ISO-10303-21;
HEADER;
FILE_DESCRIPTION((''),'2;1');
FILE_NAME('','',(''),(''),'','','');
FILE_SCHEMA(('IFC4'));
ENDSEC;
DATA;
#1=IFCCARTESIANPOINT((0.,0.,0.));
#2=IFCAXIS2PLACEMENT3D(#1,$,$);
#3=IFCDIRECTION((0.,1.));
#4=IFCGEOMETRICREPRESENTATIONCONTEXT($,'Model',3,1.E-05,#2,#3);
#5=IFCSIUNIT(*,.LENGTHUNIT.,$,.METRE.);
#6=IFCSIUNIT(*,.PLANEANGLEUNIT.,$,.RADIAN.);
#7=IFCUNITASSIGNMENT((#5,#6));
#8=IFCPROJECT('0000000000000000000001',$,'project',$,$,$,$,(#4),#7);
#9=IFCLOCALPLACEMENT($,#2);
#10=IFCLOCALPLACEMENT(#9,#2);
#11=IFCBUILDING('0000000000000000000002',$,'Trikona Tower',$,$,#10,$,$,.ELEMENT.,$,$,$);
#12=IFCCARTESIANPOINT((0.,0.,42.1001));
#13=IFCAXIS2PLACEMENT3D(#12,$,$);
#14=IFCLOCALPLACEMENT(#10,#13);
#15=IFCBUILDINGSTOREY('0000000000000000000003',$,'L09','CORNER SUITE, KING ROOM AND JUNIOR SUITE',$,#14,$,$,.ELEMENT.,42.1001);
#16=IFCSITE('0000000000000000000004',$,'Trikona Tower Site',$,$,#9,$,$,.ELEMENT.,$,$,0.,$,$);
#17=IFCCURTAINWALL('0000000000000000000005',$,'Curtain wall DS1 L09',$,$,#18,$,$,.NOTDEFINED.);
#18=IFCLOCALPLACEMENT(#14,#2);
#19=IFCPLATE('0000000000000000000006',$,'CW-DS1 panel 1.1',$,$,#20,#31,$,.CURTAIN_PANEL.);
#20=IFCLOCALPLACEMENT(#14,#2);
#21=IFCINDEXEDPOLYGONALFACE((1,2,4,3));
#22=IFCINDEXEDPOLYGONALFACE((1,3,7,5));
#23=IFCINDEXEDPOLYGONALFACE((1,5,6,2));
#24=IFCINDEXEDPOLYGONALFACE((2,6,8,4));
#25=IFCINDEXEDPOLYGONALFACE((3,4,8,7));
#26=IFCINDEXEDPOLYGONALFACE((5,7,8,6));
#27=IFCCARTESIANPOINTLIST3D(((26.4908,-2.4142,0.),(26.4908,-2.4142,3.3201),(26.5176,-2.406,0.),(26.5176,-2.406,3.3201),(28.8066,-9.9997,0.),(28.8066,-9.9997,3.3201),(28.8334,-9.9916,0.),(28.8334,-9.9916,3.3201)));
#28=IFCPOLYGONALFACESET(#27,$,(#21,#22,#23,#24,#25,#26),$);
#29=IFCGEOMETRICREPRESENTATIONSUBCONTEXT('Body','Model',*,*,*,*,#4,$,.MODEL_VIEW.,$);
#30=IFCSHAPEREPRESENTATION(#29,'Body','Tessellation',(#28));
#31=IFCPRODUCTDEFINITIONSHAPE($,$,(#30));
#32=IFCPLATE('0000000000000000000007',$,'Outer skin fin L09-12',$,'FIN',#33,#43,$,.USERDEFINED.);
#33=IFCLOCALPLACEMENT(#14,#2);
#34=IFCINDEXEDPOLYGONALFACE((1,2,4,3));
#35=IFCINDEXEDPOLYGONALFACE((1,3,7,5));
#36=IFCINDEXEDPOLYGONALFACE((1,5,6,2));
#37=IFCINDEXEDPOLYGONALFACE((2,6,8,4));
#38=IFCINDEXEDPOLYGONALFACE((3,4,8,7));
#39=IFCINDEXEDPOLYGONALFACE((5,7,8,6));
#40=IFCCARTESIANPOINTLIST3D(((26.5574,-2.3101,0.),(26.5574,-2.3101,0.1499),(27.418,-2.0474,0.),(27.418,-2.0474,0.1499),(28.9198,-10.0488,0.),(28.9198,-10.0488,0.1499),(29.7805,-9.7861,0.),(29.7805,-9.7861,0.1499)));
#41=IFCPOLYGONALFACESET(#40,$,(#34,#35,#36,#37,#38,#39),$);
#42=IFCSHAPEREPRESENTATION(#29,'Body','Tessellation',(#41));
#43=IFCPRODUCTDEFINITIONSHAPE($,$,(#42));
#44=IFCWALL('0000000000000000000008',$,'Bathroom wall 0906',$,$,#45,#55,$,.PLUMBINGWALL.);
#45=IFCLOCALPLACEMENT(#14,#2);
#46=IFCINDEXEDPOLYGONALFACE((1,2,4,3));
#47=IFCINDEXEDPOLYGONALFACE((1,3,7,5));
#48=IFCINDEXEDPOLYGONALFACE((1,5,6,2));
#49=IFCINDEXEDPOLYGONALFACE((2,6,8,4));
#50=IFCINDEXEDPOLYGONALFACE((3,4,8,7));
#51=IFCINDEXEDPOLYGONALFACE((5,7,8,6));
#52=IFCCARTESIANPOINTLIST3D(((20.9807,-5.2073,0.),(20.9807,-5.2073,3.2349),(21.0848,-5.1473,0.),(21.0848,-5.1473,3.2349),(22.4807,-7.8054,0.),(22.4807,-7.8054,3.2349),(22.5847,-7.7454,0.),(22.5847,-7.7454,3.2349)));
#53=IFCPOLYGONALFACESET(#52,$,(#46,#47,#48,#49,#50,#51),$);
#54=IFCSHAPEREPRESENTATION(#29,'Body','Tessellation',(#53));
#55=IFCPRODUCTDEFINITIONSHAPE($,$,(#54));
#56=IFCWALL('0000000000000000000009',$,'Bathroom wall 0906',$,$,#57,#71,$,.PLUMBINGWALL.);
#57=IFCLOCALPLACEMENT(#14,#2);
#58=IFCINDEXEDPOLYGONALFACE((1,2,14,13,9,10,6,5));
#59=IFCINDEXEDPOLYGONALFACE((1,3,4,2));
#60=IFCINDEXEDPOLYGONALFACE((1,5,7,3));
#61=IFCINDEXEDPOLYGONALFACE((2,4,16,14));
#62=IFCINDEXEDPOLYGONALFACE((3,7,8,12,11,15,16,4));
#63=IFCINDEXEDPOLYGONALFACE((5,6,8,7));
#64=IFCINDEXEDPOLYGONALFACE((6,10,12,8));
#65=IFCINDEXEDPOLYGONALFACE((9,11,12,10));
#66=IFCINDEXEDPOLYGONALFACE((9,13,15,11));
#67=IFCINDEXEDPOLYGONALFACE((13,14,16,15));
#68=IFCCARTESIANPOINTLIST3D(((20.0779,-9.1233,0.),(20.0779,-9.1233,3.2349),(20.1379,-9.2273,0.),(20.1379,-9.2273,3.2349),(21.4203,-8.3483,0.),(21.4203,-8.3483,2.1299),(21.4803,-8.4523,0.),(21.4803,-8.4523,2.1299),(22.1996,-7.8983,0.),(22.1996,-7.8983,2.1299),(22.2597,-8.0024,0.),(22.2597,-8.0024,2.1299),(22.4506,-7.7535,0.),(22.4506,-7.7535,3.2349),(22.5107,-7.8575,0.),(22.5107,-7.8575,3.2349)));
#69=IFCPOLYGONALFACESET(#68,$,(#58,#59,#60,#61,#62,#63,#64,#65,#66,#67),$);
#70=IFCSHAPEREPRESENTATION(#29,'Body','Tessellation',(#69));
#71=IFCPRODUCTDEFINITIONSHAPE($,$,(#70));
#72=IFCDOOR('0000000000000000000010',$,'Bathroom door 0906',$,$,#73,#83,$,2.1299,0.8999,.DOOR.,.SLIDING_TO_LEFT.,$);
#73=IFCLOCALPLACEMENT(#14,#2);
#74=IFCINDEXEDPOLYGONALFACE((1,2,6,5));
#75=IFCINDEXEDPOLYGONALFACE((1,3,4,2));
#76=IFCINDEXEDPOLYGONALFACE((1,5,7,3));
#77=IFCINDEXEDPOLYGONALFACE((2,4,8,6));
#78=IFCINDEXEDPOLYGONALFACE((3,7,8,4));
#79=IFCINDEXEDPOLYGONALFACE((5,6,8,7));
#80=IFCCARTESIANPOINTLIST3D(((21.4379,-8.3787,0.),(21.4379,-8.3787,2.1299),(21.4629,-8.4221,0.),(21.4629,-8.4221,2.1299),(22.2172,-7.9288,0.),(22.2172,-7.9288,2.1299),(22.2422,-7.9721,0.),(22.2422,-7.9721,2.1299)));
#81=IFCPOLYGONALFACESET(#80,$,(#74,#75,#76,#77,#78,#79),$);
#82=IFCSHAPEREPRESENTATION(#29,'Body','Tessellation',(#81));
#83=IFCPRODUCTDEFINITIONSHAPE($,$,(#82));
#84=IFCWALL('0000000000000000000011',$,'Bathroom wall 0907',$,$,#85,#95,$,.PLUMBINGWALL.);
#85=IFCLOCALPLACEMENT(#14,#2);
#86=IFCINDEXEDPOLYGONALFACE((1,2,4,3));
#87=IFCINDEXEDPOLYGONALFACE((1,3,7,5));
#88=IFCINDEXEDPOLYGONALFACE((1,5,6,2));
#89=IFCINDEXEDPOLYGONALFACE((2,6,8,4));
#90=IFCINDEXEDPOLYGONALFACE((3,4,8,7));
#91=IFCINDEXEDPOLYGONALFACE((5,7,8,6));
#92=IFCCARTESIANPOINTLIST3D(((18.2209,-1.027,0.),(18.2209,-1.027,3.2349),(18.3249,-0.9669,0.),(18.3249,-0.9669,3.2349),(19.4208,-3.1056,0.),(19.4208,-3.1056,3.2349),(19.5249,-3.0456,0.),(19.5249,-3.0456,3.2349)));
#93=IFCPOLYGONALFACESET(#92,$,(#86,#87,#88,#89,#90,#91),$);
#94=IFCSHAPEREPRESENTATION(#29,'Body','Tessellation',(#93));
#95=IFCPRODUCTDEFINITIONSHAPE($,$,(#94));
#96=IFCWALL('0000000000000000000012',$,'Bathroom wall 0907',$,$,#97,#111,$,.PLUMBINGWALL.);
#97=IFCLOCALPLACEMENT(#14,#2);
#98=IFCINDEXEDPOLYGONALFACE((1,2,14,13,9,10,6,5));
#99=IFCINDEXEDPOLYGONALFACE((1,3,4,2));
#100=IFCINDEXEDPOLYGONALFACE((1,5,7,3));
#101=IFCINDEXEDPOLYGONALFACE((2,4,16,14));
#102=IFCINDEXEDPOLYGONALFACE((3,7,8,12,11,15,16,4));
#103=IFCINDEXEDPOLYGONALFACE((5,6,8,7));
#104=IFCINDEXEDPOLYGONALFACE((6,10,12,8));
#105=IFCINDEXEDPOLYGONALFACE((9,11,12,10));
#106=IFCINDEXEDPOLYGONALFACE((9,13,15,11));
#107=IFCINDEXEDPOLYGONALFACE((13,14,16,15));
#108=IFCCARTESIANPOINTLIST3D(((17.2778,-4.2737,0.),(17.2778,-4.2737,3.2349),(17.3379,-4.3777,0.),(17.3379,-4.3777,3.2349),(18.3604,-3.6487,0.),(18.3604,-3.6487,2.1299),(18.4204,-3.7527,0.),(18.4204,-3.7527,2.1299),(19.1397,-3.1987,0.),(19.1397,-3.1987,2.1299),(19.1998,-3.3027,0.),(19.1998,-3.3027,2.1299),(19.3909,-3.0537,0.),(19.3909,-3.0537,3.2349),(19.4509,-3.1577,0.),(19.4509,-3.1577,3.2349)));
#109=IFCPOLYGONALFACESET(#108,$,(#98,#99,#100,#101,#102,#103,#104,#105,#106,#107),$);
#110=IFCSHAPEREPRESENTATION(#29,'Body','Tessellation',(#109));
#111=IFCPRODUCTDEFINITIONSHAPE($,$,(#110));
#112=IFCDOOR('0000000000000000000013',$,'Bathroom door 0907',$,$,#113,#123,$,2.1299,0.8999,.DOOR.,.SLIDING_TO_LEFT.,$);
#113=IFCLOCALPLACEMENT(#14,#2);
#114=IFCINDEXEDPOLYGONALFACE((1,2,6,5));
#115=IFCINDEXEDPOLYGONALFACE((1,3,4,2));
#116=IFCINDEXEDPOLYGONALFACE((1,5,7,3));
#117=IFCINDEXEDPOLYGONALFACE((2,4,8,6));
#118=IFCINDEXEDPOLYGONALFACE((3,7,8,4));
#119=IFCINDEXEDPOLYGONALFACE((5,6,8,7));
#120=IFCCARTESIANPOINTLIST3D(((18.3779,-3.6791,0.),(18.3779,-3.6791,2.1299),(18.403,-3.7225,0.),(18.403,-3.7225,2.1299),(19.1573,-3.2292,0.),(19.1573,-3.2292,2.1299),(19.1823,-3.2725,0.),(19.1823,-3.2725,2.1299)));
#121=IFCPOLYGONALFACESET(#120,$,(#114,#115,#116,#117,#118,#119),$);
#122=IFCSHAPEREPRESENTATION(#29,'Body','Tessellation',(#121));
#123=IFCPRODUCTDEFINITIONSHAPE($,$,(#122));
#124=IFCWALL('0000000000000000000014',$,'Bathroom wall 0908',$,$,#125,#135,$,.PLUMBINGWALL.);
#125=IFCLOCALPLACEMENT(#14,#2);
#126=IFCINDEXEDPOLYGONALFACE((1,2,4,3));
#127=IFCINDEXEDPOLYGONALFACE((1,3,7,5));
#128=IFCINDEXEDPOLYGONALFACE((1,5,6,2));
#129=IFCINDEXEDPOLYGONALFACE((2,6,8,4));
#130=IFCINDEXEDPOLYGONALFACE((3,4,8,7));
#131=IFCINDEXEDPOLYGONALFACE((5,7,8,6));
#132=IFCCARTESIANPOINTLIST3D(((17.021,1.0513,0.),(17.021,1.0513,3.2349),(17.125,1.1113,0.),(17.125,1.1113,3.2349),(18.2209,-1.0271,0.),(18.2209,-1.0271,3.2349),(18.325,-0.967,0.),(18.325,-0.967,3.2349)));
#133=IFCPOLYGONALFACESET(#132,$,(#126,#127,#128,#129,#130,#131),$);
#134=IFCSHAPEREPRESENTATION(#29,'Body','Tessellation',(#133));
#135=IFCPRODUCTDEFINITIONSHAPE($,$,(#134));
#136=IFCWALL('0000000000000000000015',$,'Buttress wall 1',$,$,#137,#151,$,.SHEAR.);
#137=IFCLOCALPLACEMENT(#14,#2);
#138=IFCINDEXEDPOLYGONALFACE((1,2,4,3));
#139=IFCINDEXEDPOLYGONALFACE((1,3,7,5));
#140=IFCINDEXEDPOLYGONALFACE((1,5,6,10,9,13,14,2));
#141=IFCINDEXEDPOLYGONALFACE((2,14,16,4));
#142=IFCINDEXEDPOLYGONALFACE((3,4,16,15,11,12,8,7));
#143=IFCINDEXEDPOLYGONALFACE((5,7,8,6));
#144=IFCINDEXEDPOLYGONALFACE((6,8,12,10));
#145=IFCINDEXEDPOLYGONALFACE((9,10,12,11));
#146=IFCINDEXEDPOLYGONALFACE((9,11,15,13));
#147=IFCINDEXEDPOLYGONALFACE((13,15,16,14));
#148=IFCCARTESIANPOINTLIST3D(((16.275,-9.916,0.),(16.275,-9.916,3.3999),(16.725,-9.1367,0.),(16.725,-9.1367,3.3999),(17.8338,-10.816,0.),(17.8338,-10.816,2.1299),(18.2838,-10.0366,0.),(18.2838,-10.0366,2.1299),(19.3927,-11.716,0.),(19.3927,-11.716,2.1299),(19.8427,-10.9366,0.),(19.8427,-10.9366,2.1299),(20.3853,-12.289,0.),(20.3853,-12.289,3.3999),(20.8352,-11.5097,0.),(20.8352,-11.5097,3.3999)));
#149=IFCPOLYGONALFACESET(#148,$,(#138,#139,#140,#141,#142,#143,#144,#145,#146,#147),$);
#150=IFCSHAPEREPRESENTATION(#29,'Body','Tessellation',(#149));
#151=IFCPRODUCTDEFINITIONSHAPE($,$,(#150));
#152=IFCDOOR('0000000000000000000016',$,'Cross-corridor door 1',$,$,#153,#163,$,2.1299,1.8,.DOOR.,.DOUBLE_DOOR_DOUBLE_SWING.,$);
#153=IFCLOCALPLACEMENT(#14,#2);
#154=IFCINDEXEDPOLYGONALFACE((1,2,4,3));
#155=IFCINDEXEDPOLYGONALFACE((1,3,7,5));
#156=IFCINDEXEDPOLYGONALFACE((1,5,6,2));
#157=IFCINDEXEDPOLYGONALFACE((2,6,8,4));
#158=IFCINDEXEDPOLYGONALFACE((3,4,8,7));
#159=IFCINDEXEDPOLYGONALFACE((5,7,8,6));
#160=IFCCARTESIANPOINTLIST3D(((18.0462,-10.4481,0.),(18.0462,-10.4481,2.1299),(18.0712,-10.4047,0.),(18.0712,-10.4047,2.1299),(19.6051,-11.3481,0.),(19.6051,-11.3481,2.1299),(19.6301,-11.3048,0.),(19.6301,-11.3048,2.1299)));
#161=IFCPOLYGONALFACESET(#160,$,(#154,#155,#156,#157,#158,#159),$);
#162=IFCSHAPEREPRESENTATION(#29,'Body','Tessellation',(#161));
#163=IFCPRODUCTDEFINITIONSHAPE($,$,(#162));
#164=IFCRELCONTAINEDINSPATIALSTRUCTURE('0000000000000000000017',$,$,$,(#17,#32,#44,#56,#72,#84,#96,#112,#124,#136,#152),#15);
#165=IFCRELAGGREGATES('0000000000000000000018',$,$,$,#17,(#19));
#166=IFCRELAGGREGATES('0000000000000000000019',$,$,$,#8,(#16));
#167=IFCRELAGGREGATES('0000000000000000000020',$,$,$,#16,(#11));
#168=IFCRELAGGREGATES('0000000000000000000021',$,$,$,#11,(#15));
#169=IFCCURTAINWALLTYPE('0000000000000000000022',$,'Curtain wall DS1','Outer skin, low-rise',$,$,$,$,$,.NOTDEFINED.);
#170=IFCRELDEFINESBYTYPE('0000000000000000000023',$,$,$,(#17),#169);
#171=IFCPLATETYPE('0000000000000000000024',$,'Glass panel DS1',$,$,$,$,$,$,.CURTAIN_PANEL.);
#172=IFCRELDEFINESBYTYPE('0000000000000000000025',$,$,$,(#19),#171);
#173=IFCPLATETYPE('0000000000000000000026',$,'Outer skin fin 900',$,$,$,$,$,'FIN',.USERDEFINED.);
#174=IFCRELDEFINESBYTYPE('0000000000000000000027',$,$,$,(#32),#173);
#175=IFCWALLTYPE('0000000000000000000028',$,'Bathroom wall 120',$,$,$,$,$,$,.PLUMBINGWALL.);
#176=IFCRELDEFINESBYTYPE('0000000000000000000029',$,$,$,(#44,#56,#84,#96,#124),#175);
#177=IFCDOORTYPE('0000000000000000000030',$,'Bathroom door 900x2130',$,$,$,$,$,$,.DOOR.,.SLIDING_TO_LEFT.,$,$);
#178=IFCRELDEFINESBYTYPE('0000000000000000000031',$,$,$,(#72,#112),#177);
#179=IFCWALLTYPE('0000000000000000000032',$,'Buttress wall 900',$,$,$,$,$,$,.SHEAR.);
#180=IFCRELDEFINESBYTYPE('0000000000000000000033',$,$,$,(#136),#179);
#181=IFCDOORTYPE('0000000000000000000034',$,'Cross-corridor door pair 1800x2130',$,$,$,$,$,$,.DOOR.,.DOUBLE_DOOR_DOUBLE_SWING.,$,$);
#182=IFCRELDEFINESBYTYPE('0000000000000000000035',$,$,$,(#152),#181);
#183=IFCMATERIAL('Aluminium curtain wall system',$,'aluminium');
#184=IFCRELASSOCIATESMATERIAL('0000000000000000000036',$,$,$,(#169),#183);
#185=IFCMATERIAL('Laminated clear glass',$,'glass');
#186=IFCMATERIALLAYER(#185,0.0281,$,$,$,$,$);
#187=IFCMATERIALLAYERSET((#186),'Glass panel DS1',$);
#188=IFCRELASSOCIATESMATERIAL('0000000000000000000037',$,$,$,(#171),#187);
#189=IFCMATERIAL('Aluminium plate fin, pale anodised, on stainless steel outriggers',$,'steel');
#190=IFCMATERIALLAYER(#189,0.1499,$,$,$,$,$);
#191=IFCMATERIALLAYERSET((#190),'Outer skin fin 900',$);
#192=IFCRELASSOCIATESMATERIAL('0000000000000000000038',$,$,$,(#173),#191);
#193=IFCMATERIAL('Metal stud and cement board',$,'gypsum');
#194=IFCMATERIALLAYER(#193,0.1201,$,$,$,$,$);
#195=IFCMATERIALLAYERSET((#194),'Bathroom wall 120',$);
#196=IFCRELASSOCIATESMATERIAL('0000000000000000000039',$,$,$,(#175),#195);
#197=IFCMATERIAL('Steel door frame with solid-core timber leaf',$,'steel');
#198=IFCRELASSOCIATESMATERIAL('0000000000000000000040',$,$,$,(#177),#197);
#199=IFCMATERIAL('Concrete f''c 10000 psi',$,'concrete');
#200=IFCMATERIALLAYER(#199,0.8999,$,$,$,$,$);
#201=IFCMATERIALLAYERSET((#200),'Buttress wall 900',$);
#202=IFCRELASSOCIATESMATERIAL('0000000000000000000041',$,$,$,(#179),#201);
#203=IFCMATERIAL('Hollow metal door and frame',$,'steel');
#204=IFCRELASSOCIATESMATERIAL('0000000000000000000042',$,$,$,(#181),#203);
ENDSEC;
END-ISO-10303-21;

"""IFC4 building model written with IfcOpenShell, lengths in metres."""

from ifc_helpers import new_model, si_unit, direction, frame, frame_2d, origin, origin_2d, place, context, subcontext, project, spatial, rectangle, extrude, material, layer, layer_set, type_object, element, fill, aggregate, save


model = new_model("IFC4")

# Units and contexts
model_context = context("Model", 3, precision=1e-05, world=origin(), true_north=direction((0.0, 1.0)))
body_context = subcontext(model_context, "Body", "Model", "MODEL_VIEW")
ifc_project = project(units=[si_unit("LENGTHUNIT", "METRE"), si_unit("PLANEANGLEUNIT", "RADIAN")], contexts=[model_context])

# Site, building, storey
site_placement = place(None, origin())
site = spatial("IfcSite", under=ifc_project, at=site_placement, Name="Trikona Tower Site", CompositionType="ELEMENT", RefElevation=0.0)
building_placement = place(site_placement, origin())
building = spatial("IfcBuilding", under=site, at=building_placement, Name="Trikona Tower", CompositionType="ELEMENT")
storey_placement = place(building_placement, frame((0.0, 0.0, 42.1001)))
storey = spatial("IfcBuildingStorey", under=building, at=storey_placement, Name="L09", Description="CORNER SUITE, KING ROOM AND JUNIOR SUITE", CompositionType="ELEMENT", Elevation=42.1001)

# Curtain wall
ifc_material_1 = material(Name="Aluminium curtain wall system", Category="aluminium")
curtain_wall_type = type_object("IfcCurtainWallType", Name="Curtain wall DS1", Description="Outer skin, low-rise", PredefinedType="NOTDEFINED", material=ifc_material_1)
curtain_wall_1_placement = place(storey_placement, origin())
curtain_wall_1 = element("IfcCurtainWall", 1, at=curtain_wall_1_placement, inside=storey, type_object=curtain_wall_type, Name="Curtain wall DS1 L09", PredefinedType="NOTDEFINED")

# Plates
ifc_material_2 = material(Name="Laminated clear glass", Category="glass")
ifc_layer_1 = layer(ifc_material_2, 0.0281)
ifc_layer_set_1 = layer_set([ifc_layer_1], Name="Glass panel DS1")
plate_type_1 = type_object("IfcPlateType", Name="Glass panel DS1", PredefinedType="CURTAIN_PANEL", material=ifc_layer_set_1)
plate_1_placement = place(storey_placement, frame((27.6621, -6.2029, 0.0), z_axis=(0.0, 0.0, 1.0), x_axis=(-0.291984, 0.956423, 0.0)))
plate_1 = element("IfcPlate", 2, at=plate_1_placement, type_object=plate_type_1, Name="CW-DS1 panel 1.1", PredefinedType="CURTAIN_PANEL", context=body_context, shape_type="SweptSolid", body=[
    extrude(rectangle(XDim=7.9312, YDim=0.0281, at=origin_2d()), origin(), (0.0, 0.0, 1.0), 3.3201),
])
aggregate(curtain_wall_1, [plate_1])
ifc_material_3 = material(Name="Aluminium plate fin, pale anodised, on stainless steel outriggers", Category="steel")
ifc_layer_2 = layer(ifc_material_3, 0.1499)
ifc_layer_set_2 = layer_set([ifc_layer_2], Name="Outer skin fin 900")
plate_type_2 = type_object("IfcPlateType", Name="Outer skin fin 900", ElementType="FIN", PredefinedType="USERDEFINED", material=ifc_layer_set_2)
plate_2_placement = place(storey_placement, frame((28.1689, -6.0481, 0.0), z_axis=(0.0, 0.0, 1.0), x_axis=(-0.291979, 0.956425, 0.0)))
element("IfcPlate", 3, at=plate_2_placement, inside=storey, type_object=plate_type_2, Name="Outer skin fin L09-12", ObjectType="FIN", PredefinedType="USERDEFINED", context=body_context, shape_type="SweptSolid", body=[
    extrude(rectangle(XDim=8.0913, YDim=0.8999, at=origin_2d()), origin(), (0.0, 0.0, 1.0), 0.1499),
])

# Wall
ifc_material_4 = material(Name="Metal stud and cement board", Category="gypsum")
ifc_layer_3 = layer(ifc_material_4, 0.1201)
ifc_layer_set_3 = layer_set([ifc_layer_3], Name="Bathroom wall 120")
wall_type_1 = type_object("IfcWallType", Name="Bathroom wall 120", PredefinedType="PLUMBINGWALL", material=ifc_layer_set_3)
wall_1_placement = place(storey_placement, frame((22.5327, -7.7754, 0.0), z_axis=(0.0, 0.0, 1.0), x_axis=(-0.49999, 0.866031, 0.0)))
element("IfcWall", 4, at=wall_1_placement, inside=storey, type_object=wall_type_1, Name="Bathroom wall 0906", PredefinedType="PLUMBINGWALL", context=body_context, shape_type="SweptSolid", body=[
    extrude(rectangle(XDim=3.0, YDim=0.1201, at=frame_2d((1.5, 0.0))), origin(), (0.0, 0.0, 1.0), 3.2349),
])

# Wall, opening, door
wall_2_placement = place(storey_placement, frame((20.1079, -9.1753, 0.0), z_axis=(0.0, 0.0, 1.0), x_axis=(0.866036, 0.499982, 0.0)))
wall_2 = element("IfcWall", 5, at=wall_2_placement, inside=storey, type_object=wall_type_1, Name="Bathroom wall 0906", PredefinedType="PLUMBINGWALL", context=body_context, shape_type="SweptSolid", body=[
    extrude(rectangle(XDim=2.7397, YDim=0.1201, at=frame_2d((1.3699, 0.0))), origin(), (0.0, 0.0, 1.0), 3.2349),
])
opening_1_placement = place(wall_2_placement, frame((1.55, 0.0, 0.0)))
opening_1 = element("IfcOpeningElement", 6, at=opening_1_placement, cuts=wall_2, PredefinedType="OPENING", context=body_context, shape_type="SweptSolid", body=[
    extrude(rectangle(XDim=0.8999, YDim=2.1299, at=frame_2d((0.45, 1.0649))), frame((0.0, 0.0701, 0.0), z_axis=(0.0, -1.0, 0.0), x_axis=(1.0, 0.0, 0.0)), (0.0, 0.0, 1.0), 0.1401),
])
ifc_material_5 = material(Name="Steel door frame with solid-core timber leaf", Category="steel")
door_type_1 = type_object("IfcDoorType", Name="Bathroom door 900x2130", OperationType="SLIDING_TO_LEFT", PredefinedType="DOOR", material=ifc_material_5)
door_1_placement = place(opening_1_placement, origin())
door_1 = element("IfcDoor", 7, at=door_1_placement, inside=storey, type_object=door_type_1, Name="Bathroom door 0906", OperationType="SLIDING_TO_LEFT", OverallHeight=2.1299, OverallWidth=0.8999, PredefinedType="DOOR", context=body_context, shape_type="SweptSolid", body=[
    extrude(rectangle(XDim=0.8999, YDim=2.1299, at=frame_2d((0.45, 1.0649))), frame((0.0, 0.0249, 0.0), z_axis=(0.0, -1.0, 0.0), x_axis=(1.0, 0.0, 0.0)), (0.0, 0.0, 1.0), 0.05),
])
fill(opening_1, door_1)

# Wall
wall_3_placement = place(storey_placement, frame((19.4729, -3.0757, 0.0), z_axis=(0.0, 0.0, 1.0), x_axis=(-0.499957, 0.86605, 0.0)))
element("IfcWall", 8, at=wall_3_placement, inside=storey, type_object=wall_type_1, Name="Bathroom wall 0907", PredefinedType="PLUMBINGWALL", context=body_context, shape_type="SweptSolid", body=[
    extrude(rectangle(XDim=2.4001, YDim=0.1201, at=frame_2d((1.2002, 0.0))), origin(), (0.0, 0.0, 1.0), 3.2349),
])

# Wall, opening, door
wall_4_placement = place(storey_placement, frame((17.3079, -4.3257, 0.0), z_axis=(0.0, 0.0, 1.0), x_axis=(0.866024, 0.500003, 0.0)))
wall_4 = element("IfcWall", 9, at=wall_4_placement, inside=storey, type_object=wall_type_1, Name="Bathroom wall 0907", PredefinedType="PLUMBINGWALL", context=body_context, shape_type="SweptSolid", body=[
    extrude(rectangle(XDim=2.4399, YDim=0.1201, at=frame_2d((1.22, 0.0))), origin(), (0.0, 0.0, 1.0), 3.2349),
])
opening_2_placement = place(wall_4_placement, frame((1.25, 0.0, 0.0)))
opening_2 = element("IfcOpeningElement", 10, at=opening_2_placement, cuts=wall_4, PredefinedType="OPENING", context=body_context, shape_type="SweptSolid", body=[
    extrude(rectangle(XDim=0.8999, YDim=2.1299, at=frame_2d((0.45, 1.0649))), frame((0.0, 0.0701, 0.0), z_axis=(0.0, -1.0, 0.0), x_axis=(1.0, 0.0, 0.0)), (0.0, 0.0, 1.0), 0.1401),
])
door_2_placement = place(opening_2_placement, origin())
door_2 = element("IfcDoor", 11, at=door_2_placement, inside=storey, type_object=door_type_1, Name="Bathroom door 0907", OperationType="SLIDING_TO_LEFT", OverallHeight=2.1299, OverallWidth=0.8999, PredefinedType="DOOR", context=body_context, shape_type="SweptSolid", body=[
    extrude(rectangle(XDim=0.8999, YDim=2.1299, at=frame_2d((0.45, 1.0649))), frame((0.0, 0.0249, 0.0), z_axis=(0.0, -1.0, 0.0), x_axis=(1.0, 0.0, 0.0)), (0.0, 0.0, 1.0), 0.05),
])
fill(opening_2, door_2)

# Wall
wall_5_placement = place(storey_placement, frame((18.2729, -0.9971, 0.0), z_axis=(0.0, 0.0, 1.0), x_axis=(-0.500001, 0.866025, 0.0)))
element("IfcWall", 12, at=wall_5_placement, inside=storey, type_object=wall_type_1, Name="Bathroom wall 0908", PredefinedType="PLUMBINGWALL", context=body_context, shape_type="SweptSolid", body=[
    extrude(rectangle(XDim=2.3999, YDim=0.1201, at=frame_2d((1.2, 0.0))), origin(), (0.0, 0.0, 1.0), 3.2349),
])

# Wall, opening, door
ifc_material_6 = material(Name="Concrete f'c 10000 psi", Category="concrete")
ifc_layer_4 = layer(ifc_material_6, 0.8999)
ifc_layer_set_4 = layer_set([ifc_layer_4], Name="Buttress wall 900")
wall_type_2 = type_object("IfcWallType", Name="Buttress wall 900", PredefinedType="SHEAR", material=ifc_layer_set_4)
wall_6_placement = place(storey_placement, frame((16.5, -9.5264, 0.0), z_axis=(0.0, 0.0, 1.0), x_axis=(0.866031, -0.49999, 0.0)))
wall_6 = element("IfcWall", 13, at=wall_6_placement, inside=storey, type_object=wall_type_2, Name="Buttress wall 1", PredefinedType="SHEAR", context=body_context, shape_type="SweptSolid", body=[
    extrude(rectangle(XDim=4.7461, YDim=0.8999, at=frame_2d((2.373, 0.0))), origin(), (0.0, 0.0, 1.0), 3.3999),
])
opening_3_placement = place(wall_6_placement, frame((1.8, 0.0, 0.0)))
opening_3 = element("IfcOpeningElement", 14, at=opening_3_placement, cuts=wall_6, PredefinedType="OPENING", context=body_context, shape_type="SweptSolid", body=[
    extrude(rectangle(XDim=1.8, YDim=2.1299, at=frame_2d((0.8999, 1.0649))), frame((0.0, 0.46, 0.0), z_axis=(0.0, -1.0, 0.0), x_axis=(1.0, 0.0, 0.0)), (0.0, 0.0, 1.0), 0.9199),
])
ifc_material_7 = material(Name="Hollow metal door and frame", Category="steel")
door_type_2 = type_object("IfcDoorType", Name="Cross-corridor door pair 1800x2130", OperationType="DOUBLE_DOOR_DOUBLE_SWING", PredefinedType="DOOR", material=ifc_material_7)
door_3_placement = place(opening_3_placement, origin())
door_3 = element("IfcDoor", 15, at=door_3_placement, inside=storey, type_object=door_type_2, Name="Cross-corridor door 1", OperationType="DOUBLE_DOOR_DOUBLE_SWING", OverallHeight=2.1299, OverallWidth=1.8, PredefinedType="DOOR", context=body_context, shape_type="SweptSolid", body=[
    extrude(rectangle(XDim=1.8, YDim=2.1299, at=frame_2d((0.8999, 1.0649))), frame((0.0, 0.0249, 0.0), z_axis=(0.0, -1.0, 0.0), x_axis=(1.0, 0.0, 0.0)), (0.0, 0.0, 1.0), 0.05),
])
fill(opening_3, door_3)

save(model, "model.ifc")
